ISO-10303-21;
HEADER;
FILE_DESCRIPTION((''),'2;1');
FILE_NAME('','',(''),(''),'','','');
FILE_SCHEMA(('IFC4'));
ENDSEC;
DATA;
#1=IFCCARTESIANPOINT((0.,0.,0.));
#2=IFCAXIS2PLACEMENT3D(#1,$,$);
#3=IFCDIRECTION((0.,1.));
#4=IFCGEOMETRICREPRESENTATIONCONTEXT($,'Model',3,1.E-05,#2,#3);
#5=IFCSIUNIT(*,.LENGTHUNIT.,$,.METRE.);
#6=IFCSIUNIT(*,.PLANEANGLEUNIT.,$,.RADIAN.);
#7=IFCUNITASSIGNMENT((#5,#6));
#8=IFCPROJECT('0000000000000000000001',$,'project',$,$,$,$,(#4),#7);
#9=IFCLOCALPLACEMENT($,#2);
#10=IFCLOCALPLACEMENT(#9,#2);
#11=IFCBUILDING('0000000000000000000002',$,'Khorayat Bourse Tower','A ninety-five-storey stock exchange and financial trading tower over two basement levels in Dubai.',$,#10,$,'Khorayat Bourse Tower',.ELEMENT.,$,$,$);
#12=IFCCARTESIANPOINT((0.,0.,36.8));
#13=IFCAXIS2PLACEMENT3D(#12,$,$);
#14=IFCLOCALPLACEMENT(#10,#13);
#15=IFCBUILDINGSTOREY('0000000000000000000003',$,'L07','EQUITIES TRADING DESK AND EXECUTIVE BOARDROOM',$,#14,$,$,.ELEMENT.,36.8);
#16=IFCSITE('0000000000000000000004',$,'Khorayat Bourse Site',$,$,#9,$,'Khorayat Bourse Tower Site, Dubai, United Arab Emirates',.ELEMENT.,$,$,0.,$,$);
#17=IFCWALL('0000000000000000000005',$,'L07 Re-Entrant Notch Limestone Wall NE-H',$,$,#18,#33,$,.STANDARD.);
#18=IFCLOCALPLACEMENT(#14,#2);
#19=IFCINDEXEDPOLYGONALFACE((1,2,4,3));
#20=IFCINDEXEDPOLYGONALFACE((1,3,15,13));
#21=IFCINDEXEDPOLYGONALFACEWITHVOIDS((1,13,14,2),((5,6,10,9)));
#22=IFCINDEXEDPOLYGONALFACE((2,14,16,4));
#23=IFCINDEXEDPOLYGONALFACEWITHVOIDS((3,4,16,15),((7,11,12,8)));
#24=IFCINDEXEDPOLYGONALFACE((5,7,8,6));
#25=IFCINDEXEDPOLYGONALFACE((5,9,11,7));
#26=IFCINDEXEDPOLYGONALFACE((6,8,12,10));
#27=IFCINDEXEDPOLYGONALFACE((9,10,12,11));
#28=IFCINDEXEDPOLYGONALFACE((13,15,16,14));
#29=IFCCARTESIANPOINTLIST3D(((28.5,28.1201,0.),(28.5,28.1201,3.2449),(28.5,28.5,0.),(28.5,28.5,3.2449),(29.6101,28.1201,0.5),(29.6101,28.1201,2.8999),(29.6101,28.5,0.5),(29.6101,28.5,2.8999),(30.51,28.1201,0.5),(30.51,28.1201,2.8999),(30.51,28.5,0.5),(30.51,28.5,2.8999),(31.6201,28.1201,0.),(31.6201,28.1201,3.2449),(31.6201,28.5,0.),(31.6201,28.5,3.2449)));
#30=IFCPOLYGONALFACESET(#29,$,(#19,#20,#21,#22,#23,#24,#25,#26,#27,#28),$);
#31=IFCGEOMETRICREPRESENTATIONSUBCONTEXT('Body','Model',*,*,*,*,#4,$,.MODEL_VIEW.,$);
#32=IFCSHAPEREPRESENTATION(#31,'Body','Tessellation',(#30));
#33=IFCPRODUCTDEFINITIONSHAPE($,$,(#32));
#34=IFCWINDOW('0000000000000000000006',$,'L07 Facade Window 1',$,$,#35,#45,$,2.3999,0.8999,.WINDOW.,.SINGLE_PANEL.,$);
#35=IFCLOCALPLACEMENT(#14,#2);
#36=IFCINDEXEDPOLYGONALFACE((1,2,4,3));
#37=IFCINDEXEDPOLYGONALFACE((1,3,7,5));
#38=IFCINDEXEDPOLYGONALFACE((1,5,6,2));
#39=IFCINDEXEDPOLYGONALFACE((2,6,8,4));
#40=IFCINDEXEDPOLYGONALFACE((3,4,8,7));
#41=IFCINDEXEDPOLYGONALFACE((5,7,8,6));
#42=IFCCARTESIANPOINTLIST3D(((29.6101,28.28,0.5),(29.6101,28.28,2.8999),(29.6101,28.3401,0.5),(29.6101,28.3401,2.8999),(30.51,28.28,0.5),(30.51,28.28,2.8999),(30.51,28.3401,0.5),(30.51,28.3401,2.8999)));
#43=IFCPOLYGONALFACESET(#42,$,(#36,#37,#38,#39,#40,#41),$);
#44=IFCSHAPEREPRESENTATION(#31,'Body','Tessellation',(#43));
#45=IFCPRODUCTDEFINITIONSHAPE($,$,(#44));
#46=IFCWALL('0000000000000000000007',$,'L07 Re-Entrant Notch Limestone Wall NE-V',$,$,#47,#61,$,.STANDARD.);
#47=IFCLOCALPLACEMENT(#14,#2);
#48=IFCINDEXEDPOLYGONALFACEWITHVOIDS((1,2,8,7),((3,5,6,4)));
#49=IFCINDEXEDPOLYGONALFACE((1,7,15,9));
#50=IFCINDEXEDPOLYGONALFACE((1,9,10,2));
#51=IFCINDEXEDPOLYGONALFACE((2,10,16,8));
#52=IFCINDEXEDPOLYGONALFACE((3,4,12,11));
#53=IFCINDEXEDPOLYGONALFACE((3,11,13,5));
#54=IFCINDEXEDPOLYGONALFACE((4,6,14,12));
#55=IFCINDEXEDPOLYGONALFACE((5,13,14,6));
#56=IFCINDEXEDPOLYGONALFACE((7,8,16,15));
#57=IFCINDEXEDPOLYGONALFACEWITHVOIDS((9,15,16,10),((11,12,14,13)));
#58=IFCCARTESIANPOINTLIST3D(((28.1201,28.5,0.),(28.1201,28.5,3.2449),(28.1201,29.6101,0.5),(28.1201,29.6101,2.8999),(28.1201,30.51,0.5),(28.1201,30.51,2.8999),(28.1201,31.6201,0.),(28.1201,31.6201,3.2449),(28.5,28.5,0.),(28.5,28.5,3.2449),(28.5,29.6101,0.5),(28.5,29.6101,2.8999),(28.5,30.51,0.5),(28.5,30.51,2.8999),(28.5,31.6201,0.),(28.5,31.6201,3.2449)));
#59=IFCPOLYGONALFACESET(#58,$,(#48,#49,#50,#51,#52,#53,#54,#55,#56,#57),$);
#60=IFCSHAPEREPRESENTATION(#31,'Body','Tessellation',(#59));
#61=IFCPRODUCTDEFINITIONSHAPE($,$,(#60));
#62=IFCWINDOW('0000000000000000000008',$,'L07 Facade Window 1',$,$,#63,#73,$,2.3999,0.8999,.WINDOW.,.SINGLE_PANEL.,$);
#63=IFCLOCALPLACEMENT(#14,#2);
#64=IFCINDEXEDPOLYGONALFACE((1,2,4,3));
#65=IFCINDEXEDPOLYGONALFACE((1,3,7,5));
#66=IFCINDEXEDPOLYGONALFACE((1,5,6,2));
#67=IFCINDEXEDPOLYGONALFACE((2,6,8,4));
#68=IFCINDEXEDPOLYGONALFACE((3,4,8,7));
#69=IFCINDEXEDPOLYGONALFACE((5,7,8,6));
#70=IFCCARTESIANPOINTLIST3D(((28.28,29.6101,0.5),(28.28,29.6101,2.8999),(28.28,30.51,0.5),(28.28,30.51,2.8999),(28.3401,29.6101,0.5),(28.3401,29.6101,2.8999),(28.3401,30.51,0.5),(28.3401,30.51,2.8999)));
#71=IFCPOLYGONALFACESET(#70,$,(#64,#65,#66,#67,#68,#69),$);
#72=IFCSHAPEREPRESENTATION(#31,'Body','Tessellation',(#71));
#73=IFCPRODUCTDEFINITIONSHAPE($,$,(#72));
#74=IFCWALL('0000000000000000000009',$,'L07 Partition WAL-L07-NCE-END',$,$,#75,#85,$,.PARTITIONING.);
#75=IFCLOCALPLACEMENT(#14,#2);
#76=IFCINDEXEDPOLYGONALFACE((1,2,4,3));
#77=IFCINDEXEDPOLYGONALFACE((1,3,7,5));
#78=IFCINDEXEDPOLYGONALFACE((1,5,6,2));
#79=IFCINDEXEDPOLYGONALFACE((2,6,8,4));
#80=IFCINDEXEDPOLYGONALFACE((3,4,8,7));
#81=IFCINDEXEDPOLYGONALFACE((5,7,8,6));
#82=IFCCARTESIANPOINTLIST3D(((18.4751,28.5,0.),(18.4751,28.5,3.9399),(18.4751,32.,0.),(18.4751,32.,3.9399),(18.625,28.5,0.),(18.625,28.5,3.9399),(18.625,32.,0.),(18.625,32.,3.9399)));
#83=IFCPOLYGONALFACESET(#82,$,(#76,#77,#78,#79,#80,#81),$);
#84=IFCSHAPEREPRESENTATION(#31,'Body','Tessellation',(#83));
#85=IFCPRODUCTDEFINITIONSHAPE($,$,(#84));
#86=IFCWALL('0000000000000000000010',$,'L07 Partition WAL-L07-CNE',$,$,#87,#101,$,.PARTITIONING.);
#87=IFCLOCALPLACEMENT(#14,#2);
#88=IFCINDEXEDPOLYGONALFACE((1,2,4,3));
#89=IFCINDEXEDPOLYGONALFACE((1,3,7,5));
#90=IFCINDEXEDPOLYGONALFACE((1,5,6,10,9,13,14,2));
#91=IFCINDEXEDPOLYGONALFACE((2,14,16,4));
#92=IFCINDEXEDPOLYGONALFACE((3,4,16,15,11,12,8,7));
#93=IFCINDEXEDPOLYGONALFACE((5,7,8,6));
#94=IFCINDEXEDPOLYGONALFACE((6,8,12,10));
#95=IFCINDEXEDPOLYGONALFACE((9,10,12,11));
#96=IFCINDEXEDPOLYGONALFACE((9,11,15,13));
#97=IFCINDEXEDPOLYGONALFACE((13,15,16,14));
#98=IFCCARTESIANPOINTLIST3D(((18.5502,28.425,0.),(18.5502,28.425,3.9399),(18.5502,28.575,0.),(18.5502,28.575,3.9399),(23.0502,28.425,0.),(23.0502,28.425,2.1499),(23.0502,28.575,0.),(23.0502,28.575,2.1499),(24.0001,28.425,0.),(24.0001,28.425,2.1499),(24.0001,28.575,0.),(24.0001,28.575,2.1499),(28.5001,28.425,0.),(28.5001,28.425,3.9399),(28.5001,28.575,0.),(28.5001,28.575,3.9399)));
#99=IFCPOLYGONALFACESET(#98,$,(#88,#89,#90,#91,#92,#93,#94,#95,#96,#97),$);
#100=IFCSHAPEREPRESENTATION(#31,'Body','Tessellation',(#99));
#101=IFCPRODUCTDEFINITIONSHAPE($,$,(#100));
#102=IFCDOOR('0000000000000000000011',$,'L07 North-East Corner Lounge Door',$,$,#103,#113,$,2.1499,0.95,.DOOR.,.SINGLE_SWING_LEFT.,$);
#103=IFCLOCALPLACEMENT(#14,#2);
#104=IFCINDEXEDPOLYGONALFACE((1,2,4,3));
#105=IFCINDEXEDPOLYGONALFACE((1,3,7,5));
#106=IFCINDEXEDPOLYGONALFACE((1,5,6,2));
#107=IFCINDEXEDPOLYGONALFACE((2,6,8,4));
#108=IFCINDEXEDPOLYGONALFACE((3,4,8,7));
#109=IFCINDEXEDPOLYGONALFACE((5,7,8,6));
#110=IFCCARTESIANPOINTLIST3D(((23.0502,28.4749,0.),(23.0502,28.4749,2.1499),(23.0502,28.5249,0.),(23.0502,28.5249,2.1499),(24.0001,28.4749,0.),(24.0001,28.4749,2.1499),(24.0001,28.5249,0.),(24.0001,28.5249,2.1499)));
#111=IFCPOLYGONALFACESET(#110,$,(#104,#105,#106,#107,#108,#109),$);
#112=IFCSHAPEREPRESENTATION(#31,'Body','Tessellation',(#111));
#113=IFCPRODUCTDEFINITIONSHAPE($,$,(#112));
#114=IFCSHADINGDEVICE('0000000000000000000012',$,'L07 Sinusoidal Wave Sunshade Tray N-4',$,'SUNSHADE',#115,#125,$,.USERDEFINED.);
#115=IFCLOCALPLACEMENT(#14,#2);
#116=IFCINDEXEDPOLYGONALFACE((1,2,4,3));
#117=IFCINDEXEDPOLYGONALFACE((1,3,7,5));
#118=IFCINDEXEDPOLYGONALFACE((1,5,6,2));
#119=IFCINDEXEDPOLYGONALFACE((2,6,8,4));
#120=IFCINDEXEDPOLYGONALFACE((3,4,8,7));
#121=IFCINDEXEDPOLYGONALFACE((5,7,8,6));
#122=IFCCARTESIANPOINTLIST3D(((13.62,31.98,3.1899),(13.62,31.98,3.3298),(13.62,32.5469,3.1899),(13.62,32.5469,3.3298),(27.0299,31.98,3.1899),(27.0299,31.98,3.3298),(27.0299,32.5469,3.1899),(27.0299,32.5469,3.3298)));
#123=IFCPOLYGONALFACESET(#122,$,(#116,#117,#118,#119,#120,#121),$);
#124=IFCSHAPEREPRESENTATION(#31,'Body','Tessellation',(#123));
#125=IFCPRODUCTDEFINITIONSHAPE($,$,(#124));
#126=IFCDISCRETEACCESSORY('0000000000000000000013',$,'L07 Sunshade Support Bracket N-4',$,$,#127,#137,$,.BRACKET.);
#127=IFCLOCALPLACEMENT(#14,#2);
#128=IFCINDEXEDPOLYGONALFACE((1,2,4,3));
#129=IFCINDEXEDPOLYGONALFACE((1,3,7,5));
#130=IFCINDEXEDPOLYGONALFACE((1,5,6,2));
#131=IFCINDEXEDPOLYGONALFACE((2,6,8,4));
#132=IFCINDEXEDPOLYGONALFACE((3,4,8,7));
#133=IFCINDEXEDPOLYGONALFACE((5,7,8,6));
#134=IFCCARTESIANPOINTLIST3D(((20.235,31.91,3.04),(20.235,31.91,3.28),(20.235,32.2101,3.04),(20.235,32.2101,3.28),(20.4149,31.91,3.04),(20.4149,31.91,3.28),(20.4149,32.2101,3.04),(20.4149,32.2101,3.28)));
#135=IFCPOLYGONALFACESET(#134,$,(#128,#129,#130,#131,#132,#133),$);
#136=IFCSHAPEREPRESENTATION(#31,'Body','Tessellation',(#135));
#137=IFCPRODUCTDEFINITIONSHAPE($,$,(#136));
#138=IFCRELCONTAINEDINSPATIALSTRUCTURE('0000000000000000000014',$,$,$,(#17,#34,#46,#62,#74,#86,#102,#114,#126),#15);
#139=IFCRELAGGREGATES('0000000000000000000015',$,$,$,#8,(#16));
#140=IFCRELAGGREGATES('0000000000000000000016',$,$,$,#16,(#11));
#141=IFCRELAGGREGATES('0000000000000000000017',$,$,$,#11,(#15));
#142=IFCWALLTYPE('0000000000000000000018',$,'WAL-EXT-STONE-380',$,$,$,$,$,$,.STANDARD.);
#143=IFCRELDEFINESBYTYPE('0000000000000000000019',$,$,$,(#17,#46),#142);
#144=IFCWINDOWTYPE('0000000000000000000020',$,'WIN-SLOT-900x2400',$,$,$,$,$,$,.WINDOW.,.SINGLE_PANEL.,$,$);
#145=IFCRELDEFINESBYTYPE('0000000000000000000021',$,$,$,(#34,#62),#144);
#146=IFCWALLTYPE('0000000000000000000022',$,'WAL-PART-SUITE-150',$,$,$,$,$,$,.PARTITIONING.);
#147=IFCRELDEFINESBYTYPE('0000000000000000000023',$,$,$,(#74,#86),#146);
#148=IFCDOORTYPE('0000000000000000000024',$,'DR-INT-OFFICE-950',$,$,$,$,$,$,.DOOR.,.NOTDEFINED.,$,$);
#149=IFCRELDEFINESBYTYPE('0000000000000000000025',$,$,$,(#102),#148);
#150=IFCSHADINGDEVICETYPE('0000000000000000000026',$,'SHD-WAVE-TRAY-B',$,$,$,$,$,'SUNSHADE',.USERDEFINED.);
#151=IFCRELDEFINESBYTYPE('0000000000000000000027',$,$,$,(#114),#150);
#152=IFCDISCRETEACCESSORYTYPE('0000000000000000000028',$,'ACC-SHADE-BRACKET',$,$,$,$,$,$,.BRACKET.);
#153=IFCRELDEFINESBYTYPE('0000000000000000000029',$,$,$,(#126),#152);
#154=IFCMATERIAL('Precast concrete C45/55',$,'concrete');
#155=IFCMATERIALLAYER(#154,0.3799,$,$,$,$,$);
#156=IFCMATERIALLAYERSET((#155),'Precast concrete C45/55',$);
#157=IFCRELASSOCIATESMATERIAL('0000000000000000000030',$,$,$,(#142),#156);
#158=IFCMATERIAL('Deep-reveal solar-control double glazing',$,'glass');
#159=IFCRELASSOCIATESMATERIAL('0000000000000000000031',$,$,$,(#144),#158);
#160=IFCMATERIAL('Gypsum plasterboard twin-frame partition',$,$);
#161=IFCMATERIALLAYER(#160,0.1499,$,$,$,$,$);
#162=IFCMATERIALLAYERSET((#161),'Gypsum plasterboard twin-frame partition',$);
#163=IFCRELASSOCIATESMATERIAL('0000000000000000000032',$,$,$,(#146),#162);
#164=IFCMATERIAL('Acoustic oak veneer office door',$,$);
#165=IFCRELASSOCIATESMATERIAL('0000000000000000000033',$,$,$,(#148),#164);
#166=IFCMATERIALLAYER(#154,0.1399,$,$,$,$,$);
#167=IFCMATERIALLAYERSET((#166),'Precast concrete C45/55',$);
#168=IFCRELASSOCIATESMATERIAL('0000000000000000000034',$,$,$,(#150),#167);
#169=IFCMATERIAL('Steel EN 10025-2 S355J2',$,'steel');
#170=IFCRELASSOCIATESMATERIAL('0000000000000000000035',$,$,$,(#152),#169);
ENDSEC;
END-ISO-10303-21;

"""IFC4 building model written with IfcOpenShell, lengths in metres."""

from ifc_helpers import new_model, si_unit, direction, frame, frame_2d, origin, origin_2d, place, context, subcontext, project, spatial, rectangle, extrude, source, transform, mapped, material, layer, layer_set, type_object, element, fill, save


model = new_model("IFC4")

# Units and contexts
model_context = context("Model", 3, precision=1e-05, world=origin(), true_north=direction((0.0, 1.0)))
body_context = subcontext(model_context, "Body", "Model", "MODEL_VIEW")
ifc_project = project(units=[si_unit("LENGTHUNIT", "METRE"), si_unit("PLANEANGLEUNIT", "RADIAN")], contexts=[model_context])

# Site, building, storey
site_placement = place(None, origin())
site = spatial("IfcSite", under=ifc_project, at=site_placement, Name="Khorayat Bourse Site", LongName="Khorayat Bourse Tower Site, Dubai, United Arab Emirates", CompositionType="ELEMENT", RefElevation=0.0)
building_placement = place(site_placement, origin())
building = spatial("IfcBuilding", under=site, at=building_placement, Name="Khorayat Bourse Tower", Description="A ninety-five-storey stock exchange and financial trading tower over two basement levels in Dubai.", LongName="Khorayat Bourse Tower", CompositionType="ELEMENT")
storey_placement = place(building_placement, frame((0.0, 0.0, 36.8)))
storey = spatial("IfcBuildingStorey", under=building, at=storey_placement, Name="L07", Description="EQUITIES TRADING DESK AND EXECUTIVE BOARDROOM", CompositionType="ELEMENT", Elevation=36.8)

# Shared definitions
ifc_material_1 = material(Name="Steel EN 10025-2 S355J2", Category="steel")

# Walls, openings, windows
ifc_material_2 = material(Name="Precast concrete C45/55", Category="concrete")
ifc_layer_1 = layer(ifc_material_2, 0.3799)
ifc_layer_set_1 = layer_set([ifc_layer_1], Name="Precast concrete C45/55")
wall_type_1 = type_object("IfcWallType", Name="WAL-EXT-STONE-380", PredefinedType="STANDARD", material=ifc_layer_set_1)
shared_shape_1 = source(origin(), body_context, "Body", "SweptSolid", [
    extrude(rectangle(XDim=3.1201, YDim=0.3799, at=frame_2d((1.5601, 0.0))), origin(), (0.0, 0.0, 1.0), 3.2449),
])
wall_1_placement = place(storey_placement, frame((28.5, 28.3101, 0.0), z_axis=(0.0, 0.0, 1.0), x_axis=(1.0, 0.0, 0.0)))
wall_1 = element("IfcWall", 1, at=wall_1_placement, inside=storey, type_object=wall_type_1, Name="L07 Re-Entrant Notch Limestone Wall NE-H", PredefinedType="STANDARD", context=body_context, shape_type="MappedRepresentation", body=[
    mapped(shared_shape_1, transform((0.0, 0.0, 0.0), scale=1.0)),
])
shared_shape_2 = source(origin(), body_context, "Body", "SweptSolid", [
    extrude(rectangle(XDim=0.8999, YDim=2.3999, at=frame_2d((0.45, 1.2))), frame((0.0, 0.2, 0.0), z_axis=(0.0, -1.0, 0.0), x_axis=(1.0, 0.0, 0.0)), (0.0, 0.0, 1.0), 0.3999),
])
opening_1_placement = place(wall_1_placement, frame((1.1101, 0.0, 0.5)))
opening_1 = element("IfcOpeningElement", 2, at=opening_1_placement, cuts=wall_1, PredefinedType="OPENING", context=body_context, shape_type="MappedRepresentation", body=[
    mapped(shared_shape_2, transform((0.0, 0.0, 0.0), scale=1.0)),
])
ifc_material_3 = material(Name="Deep-reveal solar-control double glazing", Category="glass")
window_type = type_object("IfcWindowType", Name="WIN-SLOT-900x2400", PartitioningType="SINGLE_PANEL", PredefinedType="WINDOW", material=ifc_material_3)
shared_shape_3 = source(origin(), body_context, "Body", "SweptSolid", [
    extrude(rectangle(XDim=0.8999, YDim=2.3999, at=frame_2d((0.45, 1.2))), frame((0.0, 0.03, 0.0), z_axis=(0.0, -1.0, 0.0), x_axis=(1.0, 0.0, 0.0)), (0.0, 0.0, 1.0), 0.0601),
])
window_1_placement = place(opening_1_placement, origin())
window_1 = element("IfcWindow", 3, at=window_1_placement, inside=storey, type_object=window_type, Name="L07 Facade Window 1", OverallHeight=2.3999, OverallWidth=0.8999, PartitioningType="SINGLE_PANEL", PredefinedType="WINDOW", context=body_context, shape_type="MappedRepresentation", body=[
    mapped(shared_shape_3, transform((0.0, 0.0, 0.0), scale=1.0)),
])
fill(opening_1, window_1)
wall_2_placement = place(storey_placement, frame((28.3101, 28.5, 0.0), z_axis=(0.0, 0.0, 1.0), x_axis=(0.0, 1.0, 0.0)))
wall_2 = element("IfcWall", 4, at=wall_2_placement, inside=storey, type_object=wall_type_1, Name="L07 Re-Entrant Notch Limestone Wall NE-V", PredefinedType="STANDARD", context=body_context, shape_type="MappedRepresentation", body=[
    mapped(shared_shape_1, transform((0.0, 0.0, 0.0), scale=1.0)),
])
opening_2_placement = place(wall_2_placement, frame((1.1101, 0.0, 0.5)))
opening_2 = element("IfcOpeningElement", 5, at=opening_2_placement, cuts=wall_2, PredefinedType="OPENING", context=body_context, shape_type="MappedRepresentation", body=[
    mapped(shared_shape_2, transform((0.0, 0.0, 0.0), scale=1.0)),
])
window_2_placement = place(opening_2_placement, origin())
window_2 = element("IfcWindow", 6, at=window_2_placement, inside=storey, type_object=window_type, Name="L07 Facade Window 1", OverallHeight=2.3999, OverallWidth=0.8999, PartitioningType="SINGLE_PANEL", PredefinedType="WINDOW", context=body_context, shape_type="MappedRepresentation", body=[
    mapped(shared_shape_3, transform((0.0, 0.0, 0.0), scale=1.0)),
])
fill(opening_2, window_2)

# Wall
ifc_material_4 = material(Name="Gypsum plasterboard twin-frame partition")
ifc_layer_2 = layer(ifc_material_4, 0.1499)
ifc_layer_set_2 = layer_set([ifc_layer_2], Name="Gypsum plasterboard twin-frame partition")
wall_type_2 = type_object("IfcWallType", Name="WAL-PART-SUITE-150", PredefinedType="PARTITIONING", material=ifc_layer_set_2)
shared_shape_4 = source(origin(), body_context, "Body", "SweptSolid", [
    extrude(rectangle(XDim=3.5, YDim=0.1499, at=frame_2d((1.75, 0.0))), origin(), (0.0, 0.0, 1.0), 3.9399),
])
wall_3_placement = place(storey_placement, frame((18.55, 28.5, 0.0), z_axis=(0.0, 0.0, 1.0), x_axis=(0.0, 1.0, 0.0)))
element("IfcWall", 7, at=wall_3_placement, inside=storey, type_object=wall_type_2, Name="L07 Partition WAL-L07-NCE-END", PredefinedType="PARTITIONING", context=body_context, shape_type="MappedRepresentation", body=[
    mapped(shared_shape_4, transform((0.0, 0.0, 0.0), scale=1.0)),
])

# Wall, opening, door
shared_shape_5 = source(origin(), body_context, "Body", "SweptSolid", [
    extrude(rectangle(XDim=9.95, YDim=0.1499, at=frame_2d((4.9751, 0.0))), origin(), (0.0, 0.0, 1.0), 3.9399),
])
wall_4_placement = place(storey_placement, frame((18.55, 28.5, 0.0), z_axis=(0.0, 0.0, 1.0), x_axis=(1.0, 0.0, 0.0)))
wall_4 = element("IfcWall", 8, at=wall_4_placement, inside=storey, type_object=wall_type_2, Name="L07 Partition WAL-L07-CNE", PredefinedType="PARTITIONING", context=body_context, shape_type="MappedRepresentation", body=[
    mapped(shared_shape_5, transform((0.0, 0.0, 0.0), scale=1.0)),
])
shared_shape_6 = source(origin(), body_context, "Body", "SweptSolid", [
    extrude(rectangle(XDim=0.95, YDim=2.1499, at=frame_2d((0.4751, 1.075))), frame((0.0, 0.085, 0.0), z_axis=(0.0, -1.0, 0.0), x_axis=(1.0, 0.0, 0.0)), (0.0, 0.0, 1.0), 0.1699),
])
opening_3_placement = place(wall_4_placement, frame((4.5, 0.0, 0.0)))
opening_3 = element("IfcOpeningElement", 9, at=opening_3_placement, cuts=wall_4, PredefinedType="OPENING", context=body_context, shape_type="MappedRepresentation", body=[
    mapped(shared_shape_6, transform((0.0, 0.0, 0.0), scale=1.0)),
])
ifc_material_5 = material(Name="Acoustic oak veneer office door")
door_type = type_object("IfcDoorType", Name="DR-INT-OFFICE-950", OperationType="NOTDEFINED", PredefinedType="DOOR", material=ifc_material_5)
shared_shape_7 = source(origin(), body_context, "Body", "SweptSolid", [
    extrude(rectangle(XDim=0.95, YDim=2.1499, at=frame_2d((0.4751, 1.075))), frame((0.0, 0.0249, 0.0), z_axis=(0.0, -1.0, 0.0), x_axis=(1.0, 0.0, 0.0)), (0.0, 0.0, 1.0), 0.05),
])
door_placement = place(opening_3_placement, origin())
door = element("IfcDoor", 10, at=door_placement, inside=storey, type_object=door_type, Name="L07 North-East Corner Lounge Door", OperationType="SINGLE_SWING_LEFT", OverallHeight=2.1499, OverallWidth=0.95, PredefinedType="DOOR", context=body_context, shape_type="MappedRepresentation", body=[
    mapped(shared_shape_7, transform((0.0, 0.0, 0.0), scale=1.0)),
])
fill(opening_3, door)

# Shading device
ifc_layer_3 = layer(ifc_material_2, 0.1399)
ifc_layer_set_3 = layer_set([ifc_layer_3], Name="Precast concrete C45/55")
shading_device_type = type_object("IfcShadingDeviceType", Name="SHD-WAVE-TRAY-B", ElementType="SUNSHADE", PredefinedType="USERDEFINED", material=ifc_layer_set_3)
shared_shape_8 = source(origin(), body_context, "Body", "SweptSolid", [
    extrude(rectangle(XDim=13.4099, YDim=0.5669, at=origin_2d()), origin(), (0.0, 0.0, 1.0), 0.1399),
])
shading_device_placement = place(storey_placement, frame((20.325, 32.2634, 3.1899), z_axis=(0.0, 0.0, 1.0), x_axis=(1.0, 0.0, 0.0)))
element("IfcShadingDevice", 11, at=shading_device_placement, inside=storey, type_object=shading_device_type, Name="L07 Sinusoidal Wave Sunshade Tray N-4", ObjectType="SUNSHADE", PredefinedType="USERDEFINED", context=body_context, shape_type="MappedRepresentation", body=[
    mapped(shared_shape_8, transform((0.0, 0.0, 0.0), scale=1.0)),
])

# Discrete accessory
discrete_accessory_type = type_object("IfcDiscreteAccessoryType", Name="ACC-SHADE-BRACKET", PredefinedType="BRACKET", material=ifc_material_1)
shared_shape_9 = source(origin(), body_context, "Body", "SweptSolid", [
    extrude(rectangle(XDim=0.1799, YDim=0.3, at=origin_2d()), origin(), (0.0, 0.0, 1.0), 0.24),
])
discrete_accessory_placement = place(storey_placement, frame((20.325, 32.0601, 3.04), z_axis=(0.0, 0.0, 1.0), x_axis=(1.0, 0.0, 0.0)))
element("IfcDiscreteAccessory", 12, at=discrete_accessory_placement, inside=storey, type_object=discrete_accessory_type, Name="L07 Sunshade Support Bracket N-4", PredefinedType="BRACKET", context=body_context, shape_type="MappedRepresentation", body=[
    mapped(shared_shape_9, transform((0.0, 0.0, 0.0), scale=1.0)),
])

save(model, "model.ifc")
